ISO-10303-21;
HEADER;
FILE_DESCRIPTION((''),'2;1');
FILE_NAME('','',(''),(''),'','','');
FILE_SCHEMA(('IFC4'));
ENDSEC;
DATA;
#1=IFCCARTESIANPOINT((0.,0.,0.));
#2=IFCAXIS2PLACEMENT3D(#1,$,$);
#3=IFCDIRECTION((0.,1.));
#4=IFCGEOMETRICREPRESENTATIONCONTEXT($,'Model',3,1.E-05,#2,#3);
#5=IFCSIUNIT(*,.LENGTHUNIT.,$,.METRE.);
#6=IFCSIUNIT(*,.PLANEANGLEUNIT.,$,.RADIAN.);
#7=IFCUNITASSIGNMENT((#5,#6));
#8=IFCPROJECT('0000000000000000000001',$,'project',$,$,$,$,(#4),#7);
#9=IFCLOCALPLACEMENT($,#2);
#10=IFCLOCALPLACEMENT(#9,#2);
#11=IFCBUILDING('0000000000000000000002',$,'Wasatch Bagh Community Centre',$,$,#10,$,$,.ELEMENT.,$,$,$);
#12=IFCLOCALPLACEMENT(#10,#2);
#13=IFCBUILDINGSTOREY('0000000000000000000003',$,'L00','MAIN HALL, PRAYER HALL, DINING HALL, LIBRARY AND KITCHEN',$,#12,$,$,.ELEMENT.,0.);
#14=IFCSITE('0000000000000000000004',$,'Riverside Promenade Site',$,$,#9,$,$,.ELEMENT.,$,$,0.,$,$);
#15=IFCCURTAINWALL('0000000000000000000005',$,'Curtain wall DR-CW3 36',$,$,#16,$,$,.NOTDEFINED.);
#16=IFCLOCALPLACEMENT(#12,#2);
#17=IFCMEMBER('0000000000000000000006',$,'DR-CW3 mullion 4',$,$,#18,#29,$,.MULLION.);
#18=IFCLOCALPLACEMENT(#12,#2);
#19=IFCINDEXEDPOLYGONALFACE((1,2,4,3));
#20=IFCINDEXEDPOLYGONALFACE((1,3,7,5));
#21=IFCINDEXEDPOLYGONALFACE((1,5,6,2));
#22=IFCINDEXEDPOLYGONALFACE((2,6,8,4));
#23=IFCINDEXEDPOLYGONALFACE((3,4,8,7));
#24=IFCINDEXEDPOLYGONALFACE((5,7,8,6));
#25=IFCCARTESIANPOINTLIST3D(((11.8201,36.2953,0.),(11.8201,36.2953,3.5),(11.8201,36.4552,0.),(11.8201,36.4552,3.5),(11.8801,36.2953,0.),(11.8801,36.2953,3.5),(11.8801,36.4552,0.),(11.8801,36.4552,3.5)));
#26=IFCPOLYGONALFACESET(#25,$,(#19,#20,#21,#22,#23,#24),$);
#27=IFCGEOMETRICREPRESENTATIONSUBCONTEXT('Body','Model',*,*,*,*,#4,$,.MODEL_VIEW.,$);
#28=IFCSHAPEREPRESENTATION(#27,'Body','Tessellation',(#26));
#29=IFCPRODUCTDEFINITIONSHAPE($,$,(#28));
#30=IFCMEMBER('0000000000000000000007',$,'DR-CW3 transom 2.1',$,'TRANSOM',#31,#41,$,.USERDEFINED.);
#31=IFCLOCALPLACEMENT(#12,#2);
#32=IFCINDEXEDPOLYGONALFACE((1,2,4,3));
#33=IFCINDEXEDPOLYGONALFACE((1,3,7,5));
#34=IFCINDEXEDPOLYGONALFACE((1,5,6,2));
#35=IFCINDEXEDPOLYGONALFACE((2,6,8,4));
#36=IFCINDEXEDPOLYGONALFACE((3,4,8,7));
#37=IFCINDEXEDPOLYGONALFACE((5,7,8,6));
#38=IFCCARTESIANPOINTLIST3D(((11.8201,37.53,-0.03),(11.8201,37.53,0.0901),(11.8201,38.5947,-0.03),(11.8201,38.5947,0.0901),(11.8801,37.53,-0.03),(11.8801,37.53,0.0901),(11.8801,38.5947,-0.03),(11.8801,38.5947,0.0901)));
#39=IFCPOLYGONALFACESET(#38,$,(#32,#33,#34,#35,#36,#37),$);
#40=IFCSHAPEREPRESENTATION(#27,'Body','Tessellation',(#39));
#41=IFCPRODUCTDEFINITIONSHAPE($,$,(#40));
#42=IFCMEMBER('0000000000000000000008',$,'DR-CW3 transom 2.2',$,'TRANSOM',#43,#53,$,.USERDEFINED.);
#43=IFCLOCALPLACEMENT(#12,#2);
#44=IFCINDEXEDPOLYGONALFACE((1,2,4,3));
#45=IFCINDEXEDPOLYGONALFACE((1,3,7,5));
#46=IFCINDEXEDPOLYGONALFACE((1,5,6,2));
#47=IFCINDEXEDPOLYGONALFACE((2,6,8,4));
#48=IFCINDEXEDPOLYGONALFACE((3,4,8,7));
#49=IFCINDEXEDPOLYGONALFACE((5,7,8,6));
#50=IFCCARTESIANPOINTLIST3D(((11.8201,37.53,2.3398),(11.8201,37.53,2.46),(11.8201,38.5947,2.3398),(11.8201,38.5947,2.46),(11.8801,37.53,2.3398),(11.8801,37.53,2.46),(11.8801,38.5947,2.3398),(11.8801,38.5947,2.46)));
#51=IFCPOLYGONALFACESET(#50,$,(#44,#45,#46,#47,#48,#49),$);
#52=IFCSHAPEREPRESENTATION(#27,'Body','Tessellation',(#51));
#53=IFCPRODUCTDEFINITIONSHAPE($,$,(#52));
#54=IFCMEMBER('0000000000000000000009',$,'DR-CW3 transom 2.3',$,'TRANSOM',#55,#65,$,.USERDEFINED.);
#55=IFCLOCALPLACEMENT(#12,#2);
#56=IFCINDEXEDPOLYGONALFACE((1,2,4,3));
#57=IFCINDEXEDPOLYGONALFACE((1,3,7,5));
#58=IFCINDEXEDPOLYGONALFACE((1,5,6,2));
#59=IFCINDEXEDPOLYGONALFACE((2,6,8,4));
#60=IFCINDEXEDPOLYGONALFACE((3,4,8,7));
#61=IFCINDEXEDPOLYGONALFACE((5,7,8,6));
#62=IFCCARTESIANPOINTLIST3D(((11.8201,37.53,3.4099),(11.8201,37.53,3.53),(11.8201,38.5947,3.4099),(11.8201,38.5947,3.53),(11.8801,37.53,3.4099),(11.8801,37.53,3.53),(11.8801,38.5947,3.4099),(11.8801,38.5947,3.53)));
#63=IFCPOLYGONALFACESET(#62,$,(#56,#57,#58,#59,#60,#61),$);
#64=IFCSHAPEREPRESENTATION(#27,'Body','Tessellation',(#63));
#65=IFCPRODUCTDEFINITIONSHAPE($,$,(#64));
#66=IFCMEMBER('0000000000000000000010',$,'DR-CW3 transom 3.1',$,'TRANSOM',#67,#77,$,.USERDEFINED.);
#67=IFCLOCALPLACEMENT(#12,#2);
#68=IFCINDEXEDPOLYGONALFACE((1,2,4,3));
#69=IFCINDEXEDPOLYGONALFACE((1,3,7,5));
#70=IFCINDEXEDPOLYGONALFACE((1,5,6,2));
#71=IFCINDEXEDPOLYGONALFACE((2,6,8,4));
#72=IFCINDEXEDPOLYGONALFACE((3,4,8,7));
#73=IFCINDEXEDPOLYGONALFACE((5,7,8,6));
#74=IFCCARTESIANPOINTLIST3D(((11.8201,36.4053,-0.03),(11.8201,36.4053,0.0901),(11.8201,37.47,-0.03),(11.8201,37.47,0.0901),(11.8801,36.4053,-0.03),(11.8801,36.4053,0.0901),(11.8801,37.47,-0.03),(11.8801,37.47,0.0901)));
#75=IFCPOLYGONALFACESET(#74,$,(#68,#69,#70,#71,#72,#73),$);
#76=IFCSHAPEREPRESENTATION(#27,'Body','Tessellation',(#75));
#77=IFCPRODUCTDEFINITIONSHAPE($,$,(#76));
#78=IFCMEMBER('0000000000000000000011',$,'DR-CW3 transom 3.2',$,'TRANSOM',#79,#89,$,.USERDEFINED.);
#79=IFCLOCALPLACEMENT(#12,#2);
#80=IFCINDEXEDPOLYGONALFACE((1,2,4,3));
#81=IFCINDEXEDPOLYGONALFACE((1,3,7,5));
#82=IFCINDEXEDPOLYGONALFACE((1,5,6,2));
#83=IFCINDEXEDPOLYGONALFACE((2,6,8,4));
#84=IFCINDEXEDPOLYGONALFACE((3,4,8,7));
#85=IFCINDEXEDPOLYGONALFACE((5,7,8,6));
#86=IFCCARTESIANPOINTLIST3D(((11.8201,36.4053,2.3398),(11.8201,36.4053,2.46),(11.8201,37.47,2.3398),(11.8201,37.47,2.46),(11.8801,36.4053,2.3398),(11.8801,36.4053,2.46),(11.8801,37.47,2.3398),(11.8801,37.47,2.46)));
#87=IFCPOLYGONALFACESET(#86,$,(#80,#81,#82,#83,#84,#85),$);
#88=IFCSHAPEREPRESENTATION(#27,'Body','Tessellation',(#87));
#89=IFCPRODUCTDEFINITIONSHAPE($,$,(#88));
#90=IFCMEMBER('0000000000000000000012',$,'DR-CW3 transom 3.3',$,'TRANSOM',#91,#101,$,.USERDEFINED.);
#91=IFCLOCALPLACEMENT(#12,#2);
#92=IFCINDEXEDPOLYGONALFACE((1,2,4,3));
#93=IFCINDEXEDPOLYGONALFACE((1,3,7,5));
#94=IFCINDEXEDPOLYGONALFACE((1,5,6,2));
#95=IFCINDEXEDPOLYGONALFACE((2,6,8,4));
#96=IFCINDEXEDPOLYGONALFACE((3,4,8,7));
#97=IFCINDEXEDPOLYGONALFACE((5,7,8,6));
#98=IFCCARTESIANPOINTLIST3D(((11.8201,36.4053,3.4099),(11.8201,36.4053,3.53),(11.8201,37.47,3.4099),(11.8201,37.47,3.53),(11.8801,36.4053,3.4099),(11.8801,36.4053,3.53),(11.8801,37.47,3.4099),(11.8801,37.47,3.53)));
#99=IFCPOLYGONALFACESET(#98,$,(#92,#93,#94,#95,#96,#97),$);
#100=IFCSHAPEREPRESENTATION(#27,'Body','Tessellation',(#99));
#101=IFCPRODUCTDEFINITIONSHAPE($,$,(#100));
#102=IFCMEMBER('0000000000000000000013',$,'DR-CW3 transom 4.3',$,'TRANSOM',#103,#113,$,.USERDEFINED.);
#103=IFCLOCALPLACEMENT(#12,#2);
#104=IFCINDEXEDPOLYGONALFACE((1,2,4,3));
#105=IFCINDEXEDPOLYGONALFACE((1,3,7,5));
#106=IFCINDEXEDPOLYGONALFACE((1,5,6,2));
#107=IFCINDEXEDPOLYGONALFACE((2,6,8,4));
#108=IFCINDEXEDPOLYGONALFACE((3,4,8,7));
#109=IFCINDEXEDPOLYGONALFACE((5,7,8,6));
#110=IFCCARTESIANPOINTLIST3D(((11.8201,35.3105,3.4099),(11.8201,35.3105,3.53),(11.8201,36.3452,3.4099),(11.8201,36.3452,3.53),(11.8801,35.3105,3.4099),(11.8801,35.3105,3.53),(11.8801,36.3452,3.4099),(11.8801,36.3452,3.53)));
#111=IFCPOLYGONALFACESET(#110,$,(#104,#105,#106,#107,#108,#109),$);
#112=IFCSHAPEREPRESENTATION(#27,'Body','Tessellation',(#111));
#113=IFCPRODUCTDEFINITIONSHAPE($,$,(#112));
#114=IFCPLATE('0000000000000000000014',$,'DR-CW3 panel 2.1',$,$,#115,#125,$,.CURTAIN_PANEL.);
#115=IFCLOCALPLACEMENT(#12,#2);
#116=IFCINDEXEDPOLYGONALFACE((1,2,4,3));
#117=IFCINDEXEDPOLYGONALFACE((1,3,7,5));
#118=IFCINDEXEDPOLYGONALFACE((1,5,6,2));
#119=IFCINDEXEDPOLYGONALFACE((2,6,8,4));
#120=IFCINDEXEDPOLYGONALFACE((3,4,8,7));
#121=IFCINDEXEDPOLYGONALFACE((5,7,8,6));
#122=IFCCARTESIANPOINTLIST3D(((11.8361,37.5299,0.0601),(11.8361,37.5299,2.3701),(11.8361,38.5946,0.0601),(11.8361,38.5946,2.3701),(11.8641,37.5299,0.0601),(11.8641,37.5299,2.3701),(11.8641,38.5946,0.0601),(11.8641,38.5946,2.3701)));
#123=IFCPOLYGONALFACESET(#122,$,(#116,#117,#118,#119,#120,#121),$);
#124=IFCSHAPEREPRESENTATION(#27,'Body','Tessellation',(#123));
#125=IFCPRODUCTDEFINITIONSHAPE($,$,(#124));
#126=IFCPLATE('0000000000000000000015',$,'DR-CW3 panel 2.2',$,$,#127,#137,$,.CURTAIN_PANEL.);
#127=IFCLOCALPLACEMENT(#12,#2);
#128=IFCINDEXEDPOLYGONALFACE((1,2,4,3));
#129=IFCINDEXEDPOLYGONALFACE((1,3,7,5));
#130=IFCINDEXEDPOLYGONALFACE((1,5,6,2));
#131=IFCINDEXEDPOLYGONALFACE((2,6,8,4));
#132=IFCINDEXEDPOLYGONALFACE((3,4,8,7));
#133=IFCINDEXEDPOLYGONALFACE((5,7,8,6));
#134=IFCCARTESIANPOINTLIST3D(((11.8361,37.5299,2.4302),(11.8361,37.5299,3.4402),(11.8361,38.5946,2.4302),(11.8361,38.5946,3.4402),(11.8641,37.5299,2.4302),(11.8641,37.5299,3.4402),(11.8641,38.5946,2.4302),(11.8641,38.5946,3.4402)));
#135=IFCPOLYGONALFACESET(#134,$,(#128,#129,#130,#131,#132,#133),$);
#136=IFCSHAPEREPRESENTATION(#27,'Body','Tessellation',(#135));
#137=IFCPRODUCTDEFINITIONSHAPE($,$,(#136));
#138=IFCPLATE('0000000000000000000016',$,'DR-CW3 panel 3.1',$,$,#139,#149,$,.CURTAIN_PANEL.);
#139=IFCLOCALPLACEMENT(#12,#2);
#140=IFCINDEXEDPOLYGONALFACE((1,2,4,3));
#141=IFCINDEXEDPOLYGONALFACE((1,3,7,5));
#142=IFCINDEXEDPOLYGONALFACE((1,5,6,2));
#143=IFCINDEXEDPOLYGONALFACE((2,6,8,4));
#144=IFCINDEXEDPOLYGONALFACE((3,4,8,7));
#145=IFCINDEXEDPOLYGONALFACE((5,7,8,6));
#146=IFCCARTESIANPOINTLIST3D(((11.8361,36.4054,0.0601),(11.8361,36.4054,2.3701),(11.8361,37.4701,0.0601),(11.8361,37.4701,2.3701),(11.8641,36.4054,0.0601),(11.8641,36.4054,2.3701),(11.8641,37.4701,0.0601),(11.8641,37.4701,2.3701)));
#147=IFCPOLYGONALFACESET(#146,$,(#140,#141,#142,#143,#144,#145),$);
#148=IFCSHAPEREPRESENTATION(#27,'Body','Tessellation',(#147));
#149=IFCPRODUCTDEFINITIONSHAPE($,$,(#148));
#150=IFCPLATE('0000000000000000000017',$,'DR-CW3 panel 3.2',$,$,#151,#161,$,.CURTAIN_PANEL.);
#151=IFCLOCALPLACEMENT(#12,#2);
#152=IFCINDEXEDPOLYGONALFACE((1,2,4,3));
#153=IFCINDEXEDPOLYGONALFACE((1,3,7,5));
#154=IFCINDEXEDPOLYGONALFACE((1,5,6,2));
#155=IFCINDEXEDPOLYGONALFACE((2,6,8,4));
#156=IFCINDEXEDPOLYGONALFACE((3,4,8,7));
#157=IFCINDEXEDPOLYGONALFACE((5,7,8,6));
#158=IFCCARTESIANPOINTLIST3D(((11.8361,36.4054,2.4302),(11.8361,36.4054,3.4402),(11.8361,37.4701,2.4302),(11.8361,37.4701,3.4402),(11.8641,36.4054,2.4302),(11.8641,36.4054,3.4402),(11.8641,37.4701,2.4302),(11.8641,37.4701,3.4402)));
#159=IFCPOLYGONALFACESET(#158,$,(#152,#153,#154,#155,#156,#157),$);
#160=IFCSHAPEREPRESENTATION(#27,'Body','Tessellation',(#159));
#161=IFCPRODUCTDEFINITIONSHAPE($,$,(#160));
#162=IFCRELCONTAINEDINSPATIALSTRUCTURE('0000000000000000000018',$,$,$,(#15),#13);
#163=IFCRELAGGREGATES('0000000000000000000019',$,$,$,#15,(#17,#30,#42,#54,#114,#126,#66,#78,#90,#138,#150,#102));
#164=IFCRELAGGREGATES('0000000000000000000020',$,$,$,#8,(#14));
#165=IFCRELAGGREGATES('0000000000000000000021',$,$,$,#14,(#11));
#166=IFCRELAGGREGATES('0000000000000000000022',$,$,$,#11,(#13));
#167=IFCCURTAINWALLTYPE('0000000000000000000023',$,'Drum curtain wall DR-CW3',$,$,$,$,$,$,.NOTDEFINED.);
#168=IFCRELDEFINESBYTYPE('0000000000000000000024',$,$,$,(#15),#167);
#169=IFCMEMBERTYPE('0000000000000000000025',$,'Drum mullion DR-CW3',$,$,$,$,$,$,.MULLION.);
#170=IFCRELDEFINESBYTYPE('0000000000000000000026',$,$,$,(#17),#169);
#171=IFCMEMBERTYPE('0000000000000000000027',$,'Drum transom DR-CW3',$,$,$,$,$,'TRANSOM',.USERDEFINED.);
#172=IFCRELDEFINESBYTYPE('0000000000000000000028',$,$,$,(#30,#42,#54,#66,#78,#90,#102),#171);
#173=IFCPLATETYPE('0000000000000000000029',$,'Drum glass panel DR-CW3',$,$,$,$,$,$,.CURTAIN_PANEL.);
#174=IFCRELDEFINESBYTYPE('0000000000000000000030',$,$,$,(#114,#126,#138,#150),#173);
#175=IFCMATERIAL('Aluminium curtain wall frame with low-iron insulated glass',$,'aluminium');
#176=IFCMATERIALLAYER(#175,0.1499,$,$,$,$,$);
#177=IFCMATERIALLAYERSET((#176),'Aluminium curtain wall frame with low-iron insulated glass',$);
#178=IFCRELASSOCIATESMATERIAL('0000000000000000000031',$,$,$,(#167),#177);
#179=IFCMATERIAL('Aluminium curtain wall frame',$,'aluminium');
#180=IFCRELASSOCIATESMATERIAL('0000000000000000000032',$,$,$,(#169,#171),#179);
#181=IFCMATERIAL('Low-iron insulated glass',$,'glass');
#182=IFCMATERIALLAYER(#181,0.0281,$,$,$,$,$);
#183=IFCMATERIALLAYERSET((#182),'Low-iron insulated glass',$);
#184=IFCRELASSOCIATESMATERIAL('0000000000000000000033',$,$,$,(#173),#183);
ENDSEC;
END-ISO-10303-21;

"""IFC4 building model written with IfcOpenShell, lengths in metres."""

from ifc_helpers import new_model, si_unit, direction, frame, origin, origin_2d, place, context, subcontext, project, spatial, rectangle, extrude, material, layer, layer_set, material_profile, profile_set, type_object, element, aggregate, save


model = new_model("IFC4")

# Units and contexts
model_context = context("Model", 3, precision=1e-05, world=origin(), true_north=direction((0.0, 1.0)))
body_context = subcontext(model_context, "Body", "Model", "MODEL_VIEW")
ifc_project = project(units=[si_unit("LENGTHUNIT", "METRE"), si_unit("PLANEANGLEUNIT", "RADIAN")], contexts=[model_context])

# Site, building, storey
site_placement = place(None, origin())
site = spatial("IfcSite", under=ifc_project, at=site_placement, Name="Riverside Promenade Site", CompositionType="ELEMENT", RefElevation=0.0)
building_placement = place(site_placement, origin())
building = spatial("IfcBuilding", under=site, at=building_placement, Name="Wasatch Bagh Community Centre", CompositionType="ELEMENT")
storey_placement = place(building_placement, origin())
storey = spatial("IfcBuildingStorey", under=building, at=storey_placement, Name="L00", Description="MAIN HALL, PRAYER HALL, DINING HALL, LIBRARY AND KITCHEN", CompositionType="ELEMENT", Elevation=0.0)

# Curtain wall, members, plates
ifc_material_1 = material(Name="Aluminium curtain wall frame with low-iron insulated glass", Category="aluminium")
ifc_layer_1 = layer(ifc_material_1, 0.1499)
ifc_layer_set_1 = layer_set([ifc_layer_1], Name="Aluminium curtain wall frame with low-iron insulated glass")
curtain_wall_type = type_object("IfcCurtainWallType", Name="Drum curtain wall DR-CW3", PredefinedType="NOTDEFINED", material=ifc_layer_set_1)
curtain_wall_placement = place(storey_placement, origin())
curtain_wall = element("IfcCurtainWall", 1, at=curtain_wall_placement, inside=storey, type_object=curtain_wall_type, Name="Curtain wall DR-CW3 36", PredefinedType="NOTDEFINED")
ifc_material_2 = material(Name="Aluminium curtain wall frame", Category="aluminium")
ifc_material_profile_1 = material_profile(ifc_material_2, rectangle(XDim=0.0601, YDim=0.1599, at=origin_2d()), Name="Drum mullion DR-CW3")
ifc_profile_set_1 = profile_set([ifc_material_profile_1], Name="Aluminium curtain wall frame")
member_type_1 = type_object("IfcMemberType", Name="Drum mullion DR-CW3", PredefinedType="MULLION", material=ifc_profile_set_1)
member_1_placement = place(storey_placement, frame((11.8501, 36.3752, 0.0), z_axis=(0.0, 0.0, 1.0), x_axis=(1.0, 0.0, 0.0)))
member_1 = element("IfcMember", 2, at=member_1_placement, type_object=member_type_1, Name="DR-CW3 mullion 4", PredefinedType="MULLION", context=body_context, shape_type="SweptSolid", body=[
    extrude(rectangle(XDim=0.0601, YDim=0.1599, at=origin_2d()), origin(), (0.0, 0.0, 1.0), 3.5),
])
ifc_material_profile_2 = material_profile(ifc_material_2, rectangle(XDim=0.0601, YDim=0.1201, at=origin_2d()), Name="Drum transom DR-CW3")
ifc_profile_set_2 = profile_set([ifc_material_profile_2], Name="Aluminium curtain wall frame")
member_type_2 = type_object("IfcMemberType", Name="Drum transom DR-CW3", ElementType="TRANSOM", PredefinedType="USERDEFINED", material=ifc_profile_set_2)
member_2_placement = place(storey_placement, frame((11.8501, 38.5947, 0.03), z_axis=(0.0, -1.0, 0.0), x_axis=(1.0, 0.0, 0.0)))
member_2 = element("IfcMember", 3, at=member_2_placement, type_object=member_type_2, Name="DR-CW3 transom 2.1", ObjectType="TRANSOM", PredefinedType="USERDEFINED", context=body_context, shape_type="SweptSolid", body=[
    extrude(rectangle(XDim=0.0601, YDim=0.1201, at=origin_2d()), origin(), (0.0, 0.0, 1.0), 1.0647),
])
member_3_placement = place(storey_placement, frame((11.8501, 38.5947, 2.3999), z_axis=(0.0, -1.0, 0.0), x_axis=(1.0, 0.0, 0.0)))
member_3 = element("IfcMember", 4, at=member_3_placement, type_object=member_type_2, Name="DR-CW3 transom 2.2", ObjectType="TRANSOM", PredefinedType="USERDEFINED", context=body_context, shape_type="SweptSolid", body=[
    extrude(rectangle(XDim=0.0601, YDim=0.1201, at=origin_2d()), origin(), (0.0, 0.0, 1.0), 1.0647),
])
member_4_placement = place(storey_placement, frame((11.8501, 38.5947, 3.47), z_axis=(0.0, -1.0, 0.0), x_axis=(1.0, 0.0, 0.0)))
member_4 = element("IfcMember", 5, at=member_4_placement, type_object=member_type_2, Name="DR-CW3 transom 2.3", ObjectType="TRANSOM", PredefinedType="USERDEFINED", context=body_context, shape_type="SweptSolid", body=[
    extrude(rectangle(XDim=0.0601, YDim=0.1201, at=origin_2d()), origin(), (0.0, 0.0, 1.0), 1.0647),
])
member_5_placement = place(storey_placement, frame((11.8501, 37.47, 0.03), z_axis=(0.0, -1.0, 0.0), x_axis=(1.0, 0.0, 0.0)))
member_5 = element("IfcMember", 6, at=member_5_placement, type_object=member_type_2, Name="DR-CW3 transom 3.1", ObjectType="TRANSOM", PredefinedType="USERDEFINED", context=body_context, shape_type="SweptSolid", body=[
    extrude(rectangle(XDim=0.0601, YDim=0.1201, at=origin_2d()), origin(), (0.0, 0.0, 1.0), 1.0647),
])
member_6_placement = place(storey_placement, frame((11.8501, 37.47, 2.3999), z_axis=(0.0, -1.0, 0.0), x_axis=(1.0, 0.0, 0.0)))
member_6 = element("IfcMember", 7, at=member_6_placement, type_object=member_type_2, Name="DR-CW3 transom 3.2", ObjectType="TRANSOM", PredefinedType="USERDEFINED", context=body_context, shape_type="SweptSolid", body=[
    extrude(rectangle(XDim=0.0601, YDim=0.1201, at=origin_2d()), origin(), (0.0, 0.0, 1.0), 1.0647),
])
member_7_placement = place(storey_placement, frame((11.8501, 37.47, 3.47), z_axis=(0.0, -1.0, 0.0), x_axis=(1.0, 0.0, 0.0)))
member_7 = element("IfcMember", 8, at=member_7_placement, type_object=member_type_2, Name="DR-CW3 transom 3.3", ObjectType="TRANSOM", PredefinedType="USERDEFINED", context=body_context, shape_type="SweptSolid", body=[
    extrude(rectangle(XDim=0.0601, YDim=0.1201, at=origin_2d()), origin(), (0.0, 0.0, 1.0), 1.0647),
])
member_8_placement = place(storey_placement, frame((11.8501, 36.3452, 3.47), z_axis=(0.0, -1.0, 0.0), x_axis=(1.0, 0.0, 0.0)))
member_8 = element("IfcMember", 9, at=member_8_placement, type_object=member_type_2, Name="DR-CW3 transom 4.3", ObjectType="TRANSOM", PredefinedType="USERDEFINED", context=body_context, shape_type="SweptSolid", body=[
    extrude(rectangle(XDim=0.0601, YDim=0.1201, at=origin_2d()), origin(), (0.0, 0.0, 1.0), 1.0347),
])
ifc_material_3 = material(Name="Low-iron insulated glass", Category="glass")
ifc_layer_2 = layer(ifc_material_3, 0.0281)
ifc_layer_set_2 = layer_set([ifc_layer_2], Name="Low-iron insulated glass")
plate_type = type_object("IfcPlateType", Name="Drum glass panel DR-CW3", PredefinedType="CURTAIN_PANEL", material=ifc_layer_set_2)
plate_1_placement = place(storey_placement, frame((11.8501, 38.0623, 0.0601), z_axis=(0.0, 0.0, 1.0), x_axis=(0.0, -1.0, 0.0)))
plate_1 = element("IfcPlate", 10, at=plate_1_placement, type_object=plate_type, Name="DR-CW3 panel 2.1", PredefinedType="CURTAIN_PANEL", context=body_context, shape_type="SweptSolid", body=[
    extrude(rectangle(XDim=1.0647, YDim=0.0281, at=origin_2d()), origin(), (0.0, 0.0, 1.0), 2.3101),
])
plate_2_placement = place(storey_placement, frame((11.8501, 38.0623, 2.4302), z_axis=(0.0, 0.0, 1.0), x_axis=(0.0, -1.0, 0.0)))
plate_2 = element("IfcPlate", 11, at=plate_2_placement, type_object=plate_type, Name="DR-CW3 panel 2.2", PredefinedType="CURTAIN_PANEL", context=body_context, shape_type="SweptSolid", body=[
    extrude(rectangle(XDim=1.0647, YDim=0.0281, at=origin_2d()), origin(), (0.0, 0.0, 1.0), 1.01),
])
plate_3_placement = place(storey_placement, frame((11.8501, 36.9377, 0.0601), z_axis=(0.0, 0.0, 1.0), x_axis=(0.0, -1.0, 0.0)))
plate_3 = element("IfcPlate", 12, at=plate_3_placement, type_object=plate_type, Name="DR-CW3 panel 3.1", PredefinedType="CURTAIN_PANEL", context=body_context, shape_type="SweptSolid", body=[
    extrude(rectangle(XDim=1.0647, YDim=0.0281, at=origin_2d()), origin(), (0.0, 0.0, 1.0), 2.3101),
])
plate_4_placement = place(storey_placement, frame((11.8501, 36.9377, 2.4302), z_axis=(0.0, 0.0, 1.0), x_axis=(0.0, -1.0, 0.0)))
plate_4 = element("IfcPlate", 13, at=plate_4_placement, type_object=plate_type, Name="DR-CW3 panel 3.2", PredefinedType="CURTAIN_PANEL", context=body_context, shape_type="SweptSolid", body=[
    extrude(rectangle(XDim=1.0647, YDim=0.0281, at=origin_2d()), origin(), (0.0, 0.0, 1.0), 1.01),
])
aggregate(curtain_wall, [member_1, member_2, member_3, member_4, plate_1, plate_2, member_5, member_6, member_7, plate_3, plate_4, member_8])

save(model, "model.ifc")
